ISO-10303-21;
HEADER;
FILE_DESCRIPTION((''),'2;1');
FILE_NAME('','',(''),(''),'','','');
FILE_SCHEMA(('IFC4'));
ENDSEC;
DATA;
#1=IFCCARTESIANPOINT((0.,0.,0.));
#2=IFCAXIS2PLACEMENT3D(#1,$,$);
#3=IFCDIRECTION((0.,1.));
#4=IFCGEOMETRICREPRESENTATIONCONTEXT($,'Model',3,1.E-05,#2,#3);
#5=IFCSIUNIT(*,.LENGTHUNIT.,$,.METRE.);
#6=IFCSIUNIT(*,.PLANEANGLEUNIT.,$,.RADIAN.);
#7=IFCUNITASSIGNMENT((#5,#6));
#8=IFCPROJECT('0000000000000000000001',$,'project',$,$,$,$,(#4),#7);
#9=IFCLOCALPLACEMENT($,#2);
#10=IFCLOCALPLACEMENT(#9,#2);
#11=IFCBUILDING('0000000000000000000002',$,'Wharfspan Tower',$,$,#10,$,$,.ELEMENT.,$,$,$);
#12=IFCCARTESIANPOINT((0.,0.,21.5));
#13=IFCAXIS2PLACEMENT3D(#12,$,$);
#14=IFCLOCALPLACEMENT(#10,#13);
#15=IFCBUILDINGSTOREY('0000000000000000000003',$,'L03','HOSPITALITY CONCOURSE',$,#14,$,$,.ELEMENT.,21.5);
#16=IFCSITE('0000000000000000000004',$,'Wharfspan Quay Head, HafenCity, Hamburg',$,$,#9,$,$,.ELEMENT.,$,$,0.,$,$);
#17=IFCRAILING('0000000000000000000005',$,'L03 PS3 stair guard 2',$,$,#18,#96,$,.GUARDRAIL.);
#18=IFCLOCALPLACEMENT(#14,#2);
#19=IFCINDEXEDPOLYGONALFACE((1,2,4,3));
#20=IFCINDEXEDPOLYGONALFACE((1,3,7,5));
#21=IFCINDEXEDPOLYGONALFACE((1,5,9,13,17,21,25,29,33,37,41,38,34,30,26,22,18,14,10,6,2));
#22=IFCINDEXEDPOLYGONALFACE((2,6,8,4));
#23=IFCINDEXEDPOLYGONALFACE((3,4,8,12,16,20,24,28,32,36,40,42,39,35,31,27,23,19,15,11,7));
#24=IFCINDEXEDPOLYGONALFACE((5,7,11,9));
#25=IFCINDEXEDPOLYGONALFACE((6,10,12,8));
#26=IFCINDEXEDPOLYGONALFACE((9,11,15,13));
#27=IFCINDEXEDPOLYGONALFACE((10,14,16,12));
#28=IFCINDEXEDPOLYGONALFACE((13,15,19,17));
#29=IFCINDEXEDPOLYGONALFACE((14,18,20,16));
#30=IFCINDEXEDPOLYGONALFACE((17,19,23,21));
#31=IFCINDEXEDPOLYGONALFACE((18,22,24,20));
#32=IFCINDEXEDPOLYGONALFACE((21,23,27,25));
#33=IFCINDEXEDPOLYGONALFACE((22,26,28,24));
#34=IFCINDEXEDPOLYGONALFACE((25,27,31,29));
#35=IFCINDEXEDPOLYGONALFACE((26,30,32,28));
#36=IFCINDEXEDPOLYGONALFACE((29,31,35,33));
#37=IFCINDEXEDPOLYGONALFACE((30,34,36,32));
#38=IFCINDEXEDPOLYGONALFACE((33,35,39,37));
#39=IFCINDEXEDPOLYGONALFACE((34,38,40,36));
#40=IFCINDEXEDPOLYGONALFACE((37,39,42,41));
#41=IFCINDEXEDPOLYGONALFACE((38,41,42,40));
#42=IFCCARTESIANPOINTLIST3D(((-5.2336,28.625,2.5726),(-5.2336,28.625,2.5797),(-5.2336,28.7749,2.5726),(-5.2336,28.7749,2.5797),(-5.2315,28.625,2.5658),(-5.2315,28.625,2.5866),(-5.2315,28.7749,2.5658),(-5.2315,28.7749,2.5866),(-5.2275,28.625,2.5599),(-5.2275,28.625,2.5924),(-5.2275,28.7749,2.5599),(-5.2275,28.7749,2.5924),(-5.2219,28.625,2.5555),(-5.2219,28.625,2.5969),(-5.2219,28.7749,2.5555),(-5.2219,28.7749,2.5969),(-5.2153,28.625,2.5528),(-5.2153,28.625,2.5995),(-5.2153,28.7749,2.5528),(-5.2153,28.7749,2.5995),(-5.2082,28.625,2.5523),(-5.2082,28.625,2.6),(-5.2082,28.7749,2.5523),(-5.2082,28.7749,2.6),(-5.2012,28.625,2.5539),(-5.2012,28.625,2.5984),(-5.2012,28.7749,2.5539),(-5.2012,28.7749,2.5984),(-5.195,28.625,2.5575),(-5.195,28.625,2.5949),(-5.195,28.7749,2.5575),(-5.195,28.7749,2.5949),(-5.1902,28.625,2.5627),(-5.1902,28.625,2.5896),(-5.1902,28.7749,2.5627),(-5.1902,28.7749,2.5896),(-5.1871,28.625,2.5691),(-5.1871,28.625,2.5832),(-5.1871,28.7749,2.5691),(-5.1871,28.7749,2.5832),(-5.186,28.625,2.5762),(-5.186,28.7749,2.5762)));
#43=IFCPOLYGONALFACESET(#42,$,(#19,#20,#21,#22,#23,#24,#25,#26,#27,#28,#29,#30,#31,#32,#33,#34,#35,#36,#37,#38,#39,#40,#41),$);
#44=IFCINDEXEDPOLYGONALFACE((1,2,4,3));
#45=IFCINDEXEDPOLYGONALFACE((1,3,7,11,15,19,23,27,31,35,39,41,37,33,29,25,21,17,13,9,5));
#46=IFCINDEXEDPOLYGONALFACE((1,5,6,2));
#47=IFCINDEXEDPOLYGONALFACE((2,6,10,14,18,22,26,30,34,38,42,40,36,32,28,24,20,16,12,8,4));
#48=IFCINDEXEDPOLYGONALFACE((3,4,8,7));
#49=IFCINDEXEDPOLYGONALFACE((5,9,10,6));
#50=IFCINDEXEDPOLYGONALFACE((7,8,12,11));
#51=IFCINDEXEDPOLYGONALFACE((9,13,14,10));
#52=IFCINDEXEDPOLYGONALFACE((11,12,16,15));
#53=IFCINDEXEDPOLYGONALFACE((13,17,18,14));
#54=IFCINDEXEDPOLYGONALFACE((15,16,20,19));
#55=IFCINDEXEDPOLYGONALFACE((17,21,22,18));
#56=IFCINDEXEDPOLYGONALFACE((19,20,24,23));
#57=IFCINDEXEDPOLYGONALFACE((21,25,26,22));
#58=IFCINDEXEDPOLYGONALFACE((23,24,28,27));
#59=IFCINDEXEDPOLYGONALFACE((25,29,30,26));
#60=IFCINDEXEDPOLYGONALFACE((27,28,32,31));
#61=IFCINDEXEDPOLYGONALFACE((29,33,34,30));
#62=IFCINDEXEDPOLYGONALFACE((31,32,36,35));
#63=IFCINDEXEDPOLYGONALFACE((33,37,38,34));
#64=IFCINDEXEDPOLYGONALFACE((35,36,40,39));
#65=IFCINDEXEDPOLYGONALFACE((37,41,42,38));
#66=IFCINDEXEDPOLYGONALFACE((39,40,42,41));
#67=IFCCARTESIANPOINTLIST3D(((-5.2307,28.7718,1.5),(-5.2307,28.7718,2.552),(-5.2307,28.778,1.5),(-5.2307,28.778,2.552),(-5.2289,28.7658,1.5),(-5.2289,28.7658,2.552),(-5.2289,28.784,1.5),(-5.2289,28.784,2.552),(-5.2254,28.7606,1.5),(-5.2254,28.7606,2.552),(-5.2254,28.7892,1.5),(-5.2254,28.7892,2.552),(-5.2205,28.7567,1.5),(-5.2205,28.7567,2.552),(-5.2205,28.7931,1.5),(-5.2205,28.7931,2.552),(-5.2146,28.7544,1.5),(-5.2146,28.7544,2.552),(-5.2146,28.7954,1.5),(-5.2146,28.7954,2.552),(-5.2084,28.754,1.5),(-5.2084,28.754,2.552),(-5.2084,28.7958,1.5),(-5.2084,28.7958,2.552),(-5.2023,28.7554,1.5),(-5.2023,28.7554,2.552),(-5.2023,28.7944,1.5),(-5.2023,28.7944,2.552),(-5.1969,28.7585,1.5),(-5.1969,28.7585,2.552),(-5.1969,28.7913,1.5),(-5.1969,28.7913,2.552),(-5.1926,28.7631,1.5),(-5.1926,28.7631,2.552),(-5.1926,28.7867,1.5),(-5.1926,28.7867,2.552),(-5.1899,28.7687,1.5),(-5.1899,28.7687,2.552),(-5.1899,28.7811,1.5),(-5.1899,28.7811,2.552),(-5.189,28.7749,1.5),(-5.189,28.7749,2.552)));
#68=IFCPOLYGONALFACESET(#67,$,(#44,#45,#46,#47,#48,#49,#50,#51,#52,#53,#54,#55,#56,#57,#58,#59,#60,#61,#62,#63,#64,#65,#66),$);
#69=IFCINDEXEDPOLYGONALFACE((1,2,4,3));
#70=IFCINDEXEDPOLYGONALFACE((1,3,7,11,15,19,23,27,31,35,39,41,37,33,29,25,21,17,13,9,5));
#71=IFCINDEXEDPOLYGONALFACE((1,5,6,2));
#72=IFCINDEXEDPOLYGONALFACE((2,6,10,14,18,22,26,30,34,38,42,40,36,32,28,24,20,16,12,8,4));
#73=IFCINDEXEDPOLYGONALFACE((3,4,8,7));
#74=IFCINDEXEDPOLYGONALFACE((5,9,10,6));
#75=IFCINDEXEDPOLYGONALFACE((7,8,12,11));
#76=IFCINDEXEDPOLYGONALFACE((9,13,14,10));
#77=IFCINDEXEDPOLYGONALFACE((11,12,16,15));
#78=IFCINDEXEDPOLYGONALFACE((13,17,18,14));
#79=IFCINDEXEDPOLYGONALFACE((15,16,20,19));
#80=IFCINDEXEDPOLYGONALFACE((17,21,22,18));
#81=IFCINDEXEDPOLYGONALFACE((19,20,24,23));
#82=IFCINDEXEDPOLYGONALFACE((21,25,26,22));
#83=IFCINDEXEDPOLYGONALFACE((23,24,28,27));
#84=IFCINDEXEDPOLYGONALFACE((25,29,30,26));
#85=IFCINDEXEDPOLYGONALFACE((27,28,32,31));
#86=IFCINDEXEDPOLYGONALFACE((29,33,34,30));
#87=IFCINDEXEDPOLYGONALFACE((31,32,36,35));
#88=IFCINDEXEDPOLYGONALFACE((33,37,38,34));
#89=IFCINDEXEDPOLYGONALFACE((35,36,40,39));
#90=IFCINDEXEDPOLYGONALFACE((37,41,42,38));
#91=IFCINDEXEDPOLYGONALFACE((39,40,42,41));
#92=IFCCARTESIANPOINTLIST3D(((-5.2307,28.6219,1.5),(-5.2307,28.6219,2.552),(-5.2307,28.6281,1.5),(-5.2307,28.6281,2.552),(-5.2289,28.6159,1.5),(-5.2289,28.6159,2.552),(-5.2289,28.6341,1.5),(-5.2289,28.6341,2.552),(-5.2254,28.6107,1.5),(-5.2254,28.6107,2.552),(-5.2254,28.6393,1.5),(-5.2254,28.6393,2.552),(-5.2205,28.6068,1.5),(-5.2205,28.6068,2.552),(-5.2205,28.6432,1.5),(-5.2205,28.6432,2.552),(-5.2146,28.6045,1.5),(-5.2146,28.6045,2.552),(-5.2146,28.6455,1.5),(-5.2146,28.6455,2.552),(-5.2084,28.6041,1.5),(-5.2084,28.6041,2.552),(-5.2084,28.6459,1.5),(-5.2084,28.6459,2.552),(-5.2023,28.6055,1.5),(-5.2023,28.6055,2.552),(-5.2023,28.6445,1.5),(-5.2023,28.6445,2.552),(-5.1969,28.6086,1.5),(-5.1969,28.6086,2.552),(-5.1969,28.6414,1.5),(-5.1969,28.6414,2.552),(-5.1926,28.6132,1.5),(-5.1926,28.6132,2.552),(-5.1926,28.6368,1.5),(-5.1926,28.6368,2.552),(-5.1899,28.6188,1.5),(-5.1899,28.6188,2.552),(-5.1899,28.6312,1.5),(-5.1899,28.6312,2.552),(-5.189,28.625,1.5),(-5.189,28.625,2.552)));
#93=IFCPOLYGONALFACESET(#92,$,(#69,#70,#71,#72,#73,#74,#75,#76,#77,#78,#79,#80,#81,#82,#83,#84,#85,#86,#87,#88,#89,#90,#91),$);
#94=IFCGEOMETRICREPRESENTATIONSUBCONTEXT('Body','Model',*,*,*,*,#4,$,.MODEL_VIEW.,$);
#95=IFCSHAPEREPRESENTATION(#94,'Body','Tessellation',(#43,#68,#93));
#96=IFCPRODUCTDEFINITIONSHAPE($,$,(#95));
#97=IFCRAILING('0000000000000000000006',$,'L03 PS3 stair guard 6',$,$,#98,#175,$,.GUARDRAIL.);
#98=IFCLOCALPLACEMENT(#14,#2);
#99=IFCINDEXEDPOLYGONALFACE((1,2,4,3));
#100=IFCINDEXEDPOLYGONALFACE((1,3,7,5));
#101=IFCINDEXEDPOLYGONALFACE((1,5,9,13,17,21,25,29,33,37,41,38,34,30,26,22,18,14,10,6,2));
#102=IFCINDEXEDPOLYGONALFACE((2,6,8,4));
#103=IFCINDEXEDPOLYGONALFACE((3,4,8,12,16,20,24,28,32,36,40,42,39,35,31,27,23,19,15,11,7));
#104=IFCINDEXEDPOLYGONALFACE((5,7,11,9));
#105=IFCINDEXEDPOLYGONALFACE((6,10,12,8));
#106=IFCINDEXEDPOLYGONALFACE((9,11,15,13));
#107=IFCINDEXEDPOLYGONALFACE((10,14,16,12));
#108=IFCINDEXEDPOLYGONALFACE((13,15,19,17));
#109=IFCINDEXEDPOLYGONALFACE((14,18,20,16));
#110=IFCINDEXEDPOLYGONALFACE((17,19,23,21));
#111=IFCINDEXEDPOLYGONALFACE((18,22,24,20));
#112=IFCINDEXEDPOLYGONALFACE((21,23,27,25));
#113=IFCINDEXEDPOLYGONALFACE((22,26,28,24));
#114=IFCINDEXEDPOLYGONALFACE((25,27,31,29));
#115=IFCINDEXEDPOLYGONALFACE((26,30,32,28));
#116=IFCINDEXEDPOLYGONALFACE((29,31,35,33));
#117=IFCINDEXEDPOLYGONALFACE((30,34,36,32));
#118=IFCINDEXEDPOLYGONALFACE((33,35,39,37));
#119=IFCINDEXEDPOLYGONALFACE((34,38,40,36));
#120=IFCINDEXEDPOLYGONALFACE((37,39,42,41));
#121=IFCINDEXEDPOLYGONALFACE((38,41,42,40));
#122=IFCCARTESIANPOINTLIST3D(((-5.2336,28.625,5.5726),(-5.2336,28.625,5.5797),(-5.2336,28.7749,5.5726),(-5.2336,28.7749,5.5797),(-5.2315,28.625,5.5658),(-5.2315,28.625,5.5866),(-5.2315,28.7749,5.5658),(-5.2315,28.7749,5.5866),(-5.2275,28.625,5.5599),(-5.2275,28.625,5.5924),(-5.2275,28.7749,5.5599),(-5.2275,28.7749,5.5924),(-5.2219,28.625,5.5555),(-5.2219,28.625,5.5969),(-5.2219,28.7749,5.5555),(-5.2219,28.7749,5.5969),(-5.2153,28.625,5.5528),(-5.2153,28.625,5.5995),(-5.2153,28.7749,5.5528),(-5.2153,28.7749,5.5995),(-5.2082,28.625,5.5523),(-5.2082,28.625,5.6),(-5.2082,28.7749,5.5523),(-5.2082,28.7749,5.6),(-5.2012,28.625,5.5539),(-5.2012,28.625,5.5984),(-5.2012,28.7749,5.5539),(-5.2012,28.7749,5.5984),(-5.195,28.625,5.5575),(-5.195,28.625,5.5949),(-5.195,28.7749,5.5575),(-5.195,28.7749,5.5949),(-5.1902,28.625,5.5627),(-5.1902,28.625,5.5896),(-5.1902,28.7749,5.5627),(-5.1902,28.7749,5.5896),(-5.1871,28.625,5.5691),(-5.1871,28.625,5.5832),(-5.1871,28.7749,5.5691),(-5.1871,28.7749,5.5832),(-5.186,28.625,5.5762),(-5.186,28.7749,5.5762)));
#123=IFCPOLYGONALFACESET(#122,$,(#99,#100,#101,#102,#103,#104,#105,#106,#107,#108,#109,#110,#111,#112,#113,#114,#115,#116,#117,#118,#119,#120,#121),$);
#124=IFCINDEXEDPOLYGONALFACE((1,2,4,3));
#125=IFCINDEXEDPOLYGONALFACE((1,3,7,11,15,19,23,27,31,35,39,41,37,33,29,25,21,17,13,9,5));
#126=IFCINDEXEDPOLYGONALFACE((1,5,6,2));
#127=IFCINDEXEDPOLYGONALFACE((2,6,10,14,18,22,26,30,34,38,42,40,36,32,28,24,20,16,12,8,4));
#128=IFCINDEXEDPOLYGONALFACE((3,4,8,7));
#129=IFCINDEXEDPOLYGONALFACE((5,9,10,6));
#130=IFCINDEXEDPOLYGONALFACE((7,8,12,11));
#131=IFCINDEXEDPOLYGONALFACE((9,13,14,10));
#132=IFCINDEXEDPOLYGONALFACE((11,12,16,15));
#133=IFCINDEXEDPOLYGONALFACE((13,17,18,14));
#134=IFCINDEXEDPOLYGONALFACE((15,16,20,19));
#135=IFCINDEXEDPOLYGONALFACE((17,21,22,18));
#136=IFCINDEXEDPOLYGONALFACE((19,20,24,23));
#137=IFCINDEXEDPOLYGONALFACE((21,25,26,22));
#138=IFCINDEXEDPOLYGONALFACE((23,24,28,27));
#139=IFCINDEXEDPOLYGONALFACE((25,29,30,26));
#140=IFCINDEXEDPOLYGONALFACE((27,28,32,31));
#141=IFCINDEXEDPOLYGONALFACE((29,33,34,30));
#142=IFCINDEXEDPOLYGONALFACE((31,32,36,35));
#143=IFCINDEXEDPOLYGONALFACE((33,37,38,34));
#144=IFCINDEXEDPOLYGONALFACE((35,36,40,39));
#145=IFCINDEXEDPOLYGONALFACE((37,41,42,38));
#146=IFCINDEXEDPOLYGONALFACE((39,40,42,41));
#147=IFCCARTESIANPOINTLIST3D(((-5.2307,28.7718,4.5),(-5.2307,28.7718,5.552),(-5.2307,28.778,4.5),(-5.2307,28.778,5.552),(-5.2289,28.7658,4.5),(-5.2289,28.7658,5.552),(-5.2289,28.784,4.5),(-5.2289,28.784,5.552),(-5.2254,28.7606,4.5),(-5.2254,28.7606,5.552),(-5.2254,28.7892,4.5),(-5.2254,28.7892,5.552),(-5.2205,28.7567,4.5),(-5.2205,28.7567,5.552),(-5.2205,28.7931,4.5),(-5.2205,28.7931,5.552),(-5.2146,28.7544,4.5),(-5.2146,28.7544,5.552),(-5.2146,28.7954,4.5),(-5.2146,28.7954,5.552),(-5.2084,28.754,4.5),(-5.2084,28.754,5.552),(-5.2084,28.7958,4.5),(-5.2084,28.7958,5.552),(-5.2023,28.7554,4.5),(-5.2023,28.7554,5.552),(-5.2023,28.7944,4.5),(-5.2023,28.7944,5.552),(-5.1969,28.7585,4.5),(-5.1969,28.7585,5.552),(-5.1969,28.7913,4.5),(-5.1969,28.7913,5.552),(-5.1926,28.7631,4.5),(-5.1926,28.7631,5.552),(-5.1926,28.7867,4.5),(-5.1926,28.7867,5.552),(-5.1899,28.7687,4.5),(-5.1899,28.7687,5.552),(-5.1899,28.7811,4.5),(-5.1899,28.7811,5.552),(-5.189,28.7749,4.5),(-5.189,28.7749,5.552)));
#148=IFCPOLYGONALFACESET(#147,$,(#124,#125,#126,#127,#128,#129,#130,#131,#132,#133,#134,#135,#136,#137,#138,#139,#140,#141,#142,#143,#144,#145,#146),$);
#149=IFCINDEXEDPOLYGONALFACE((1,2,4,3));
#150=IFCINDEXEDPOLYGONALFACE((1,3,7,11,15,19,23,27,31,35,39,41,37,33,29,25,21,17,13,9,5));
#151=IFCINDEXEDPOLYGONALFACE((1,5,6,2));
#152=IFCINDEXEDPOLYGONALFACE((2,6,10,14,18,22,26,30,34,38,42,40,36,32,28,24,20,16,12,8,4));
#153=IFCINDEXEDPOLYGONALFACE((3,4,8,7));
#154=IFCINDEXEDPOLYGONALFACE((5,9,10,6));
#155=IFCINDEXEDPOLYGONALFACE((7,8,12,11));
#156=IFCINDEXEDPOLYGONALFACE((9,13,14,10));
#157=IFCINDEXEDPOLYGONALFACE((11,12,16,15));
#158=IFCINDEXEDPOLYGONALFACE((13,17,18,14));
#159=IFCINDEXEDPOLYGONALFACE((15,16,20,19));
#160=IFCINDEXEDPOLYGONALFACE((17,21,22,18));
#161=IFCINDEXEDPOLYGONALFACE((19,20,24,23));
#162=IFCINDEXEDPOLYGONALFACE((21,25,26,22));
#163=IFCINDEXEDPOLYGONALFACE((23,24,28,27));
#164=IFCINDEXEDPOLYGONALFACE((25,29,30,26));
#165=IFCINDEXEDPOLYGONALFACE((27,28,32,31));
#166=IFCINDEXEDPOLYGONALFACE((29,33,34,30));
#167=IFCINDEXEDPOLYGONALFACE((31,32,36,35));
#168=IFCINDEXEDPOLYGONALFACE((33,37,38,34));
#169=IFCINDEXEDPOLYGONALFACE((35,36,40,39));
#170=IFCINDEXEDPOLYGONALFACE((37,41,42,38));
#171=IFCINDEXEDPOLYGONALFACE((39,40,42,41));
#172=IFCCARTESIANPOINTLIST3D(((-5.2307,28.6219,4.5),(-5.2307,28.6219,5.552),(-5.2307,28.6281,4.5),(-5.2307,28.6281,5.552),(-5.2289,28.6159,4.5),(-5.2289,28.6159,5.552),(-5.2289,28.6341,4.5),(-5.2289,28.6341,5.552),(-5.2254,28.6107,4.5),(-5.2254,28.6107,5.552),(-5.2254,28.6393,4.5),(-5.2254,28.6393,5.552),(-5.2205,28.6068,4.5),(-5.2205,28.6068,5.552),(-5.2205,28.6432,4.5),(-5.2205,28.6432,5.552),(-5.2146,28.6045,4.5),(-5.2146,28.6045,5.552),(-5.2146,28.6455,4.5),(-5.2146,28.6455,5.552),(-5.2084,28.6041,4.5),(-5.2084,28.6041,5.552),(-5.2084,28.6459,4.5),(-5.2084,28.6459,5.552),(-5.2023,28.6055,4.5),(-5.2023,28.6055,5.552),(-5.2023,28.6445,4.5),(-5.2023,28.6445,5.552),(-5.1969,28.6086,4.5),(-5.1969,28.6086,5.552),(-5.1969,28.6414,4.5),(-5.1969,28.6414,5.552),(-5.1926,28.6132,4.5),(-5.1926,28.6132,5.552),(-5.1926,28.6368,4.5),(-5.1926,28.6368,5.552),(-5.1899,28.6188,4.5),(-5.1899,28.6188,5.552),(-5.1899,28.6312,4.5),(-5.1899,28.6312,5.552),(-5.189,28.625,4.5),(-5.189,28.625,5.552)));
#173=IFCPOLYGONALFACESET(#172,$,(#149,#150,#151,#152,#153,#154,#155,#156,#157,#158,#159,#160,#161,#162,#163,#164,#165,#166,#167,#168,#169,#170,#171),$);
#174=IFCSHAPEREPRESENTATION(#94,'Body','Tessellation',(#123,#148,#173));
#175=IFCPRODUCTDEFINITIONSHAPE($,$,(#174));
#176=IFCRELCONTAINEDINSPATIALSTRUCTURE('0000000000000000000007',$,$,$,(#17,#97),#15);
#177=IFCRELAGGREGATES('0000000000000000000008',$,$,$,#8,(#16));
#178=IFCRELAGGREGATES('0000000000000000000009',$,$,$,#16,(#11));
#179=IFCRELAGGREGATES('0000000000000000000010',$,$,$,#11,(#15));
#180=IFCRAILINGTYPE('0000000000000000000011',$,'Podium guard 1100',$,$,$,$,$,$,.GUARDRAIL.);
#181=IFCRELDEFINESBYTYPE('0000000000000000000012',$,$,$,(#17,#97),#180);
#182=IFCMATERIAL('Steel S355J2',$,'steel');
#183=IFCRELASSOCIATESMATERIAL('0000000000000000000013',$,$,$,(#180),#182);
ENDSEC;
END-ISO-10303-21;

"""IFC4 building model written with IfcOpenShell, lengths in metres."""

from ifc_helpers import new_model, si_unit, direction, frame, origin, origin_2d, place, context, subcontext, project, spatial, circle, extrude, material, type_object, element, save


model = new_model("IFC4")

# Units and contexts
model_context = context("Model", 3, precision=1e-05, world=origin(), true_north=direction((0.0, 1.0)))
body_context = subcontext(model_context, "Body", "Model", "MODEL_VIEW")
ifc_project = project(units=[si_unit("LENGTHUNIT", "METRE"), si_unit("PLANEANGLEUNIT", "RADIAN")], contexts=[model_context])

# Site, building, storey
site_placement = place(None, origin())
site = spatial("IfcSite", under=ifc_project, at=site_placement, Name="Wharfspan Quay Head, HafenCity, Hamburg", CompositionType="ELEMENT", RefElevation=0.0)
building_placement = place(site_placement, origin())
building = spatial("IfcBuilding", under=site, at=building_placement, Name="Wharfspan Tower", CompositionType="ELEMENT")
storey_placement = place(building_placement, frame((0.0, 0.0, 21.5)))
storey = spatial("IfcBuildingStorey", under=building, at=storey_placement, Name="L03", Description="HOSPITALITY CONCOURSE", CompositionType="ELEMENT", Elevation=21.5)

# Railings
ifc_material_1 = material(Name="Steel S355J2", Category="steel")
railing_type_1 = type_object("IfcRailingType", Name="Podium guard 1100", PredefinedType="GUARDRAIL", material=ifc_material_1)
for number, where, name in (
    (1, (-5.21, 28.7749, 1.5), "L03 PS3 stair guard 2"),
    (2, (-5.21, 28.7749, 4.5), "L03 PS3 stair guard 6"),
):
    element("IfcRailing", number, at=place(storey_placement, frame(where)), inside=storey, type_object=railing_type_1, Name=name, PredefinedType="GUARDRAIL", context=body_context, shape_type="SweptSolid", body=[
        extrude(circle(Radius=0.0239, at=origin_2d()), frame((0.0, 0.0, 1.0762), z_axis=(0.0, -1.0, 0.0), x_axis=(1.0, 0.0, 0.0)), (0.0, 0.0, 1.0), 0.1499),
        extrude(circle(Radius=0.021, at=origin_2d()), origin(), (0.0, 0.0, 1.0), 1.052),
        extrude(circle(Radius=0.021, at=origin_2d()), frame((0.0, -0.1499, 0.0)), (0.0, 0.0, 1.0), 1.052),
    ])

save(model, "model.ifc")
